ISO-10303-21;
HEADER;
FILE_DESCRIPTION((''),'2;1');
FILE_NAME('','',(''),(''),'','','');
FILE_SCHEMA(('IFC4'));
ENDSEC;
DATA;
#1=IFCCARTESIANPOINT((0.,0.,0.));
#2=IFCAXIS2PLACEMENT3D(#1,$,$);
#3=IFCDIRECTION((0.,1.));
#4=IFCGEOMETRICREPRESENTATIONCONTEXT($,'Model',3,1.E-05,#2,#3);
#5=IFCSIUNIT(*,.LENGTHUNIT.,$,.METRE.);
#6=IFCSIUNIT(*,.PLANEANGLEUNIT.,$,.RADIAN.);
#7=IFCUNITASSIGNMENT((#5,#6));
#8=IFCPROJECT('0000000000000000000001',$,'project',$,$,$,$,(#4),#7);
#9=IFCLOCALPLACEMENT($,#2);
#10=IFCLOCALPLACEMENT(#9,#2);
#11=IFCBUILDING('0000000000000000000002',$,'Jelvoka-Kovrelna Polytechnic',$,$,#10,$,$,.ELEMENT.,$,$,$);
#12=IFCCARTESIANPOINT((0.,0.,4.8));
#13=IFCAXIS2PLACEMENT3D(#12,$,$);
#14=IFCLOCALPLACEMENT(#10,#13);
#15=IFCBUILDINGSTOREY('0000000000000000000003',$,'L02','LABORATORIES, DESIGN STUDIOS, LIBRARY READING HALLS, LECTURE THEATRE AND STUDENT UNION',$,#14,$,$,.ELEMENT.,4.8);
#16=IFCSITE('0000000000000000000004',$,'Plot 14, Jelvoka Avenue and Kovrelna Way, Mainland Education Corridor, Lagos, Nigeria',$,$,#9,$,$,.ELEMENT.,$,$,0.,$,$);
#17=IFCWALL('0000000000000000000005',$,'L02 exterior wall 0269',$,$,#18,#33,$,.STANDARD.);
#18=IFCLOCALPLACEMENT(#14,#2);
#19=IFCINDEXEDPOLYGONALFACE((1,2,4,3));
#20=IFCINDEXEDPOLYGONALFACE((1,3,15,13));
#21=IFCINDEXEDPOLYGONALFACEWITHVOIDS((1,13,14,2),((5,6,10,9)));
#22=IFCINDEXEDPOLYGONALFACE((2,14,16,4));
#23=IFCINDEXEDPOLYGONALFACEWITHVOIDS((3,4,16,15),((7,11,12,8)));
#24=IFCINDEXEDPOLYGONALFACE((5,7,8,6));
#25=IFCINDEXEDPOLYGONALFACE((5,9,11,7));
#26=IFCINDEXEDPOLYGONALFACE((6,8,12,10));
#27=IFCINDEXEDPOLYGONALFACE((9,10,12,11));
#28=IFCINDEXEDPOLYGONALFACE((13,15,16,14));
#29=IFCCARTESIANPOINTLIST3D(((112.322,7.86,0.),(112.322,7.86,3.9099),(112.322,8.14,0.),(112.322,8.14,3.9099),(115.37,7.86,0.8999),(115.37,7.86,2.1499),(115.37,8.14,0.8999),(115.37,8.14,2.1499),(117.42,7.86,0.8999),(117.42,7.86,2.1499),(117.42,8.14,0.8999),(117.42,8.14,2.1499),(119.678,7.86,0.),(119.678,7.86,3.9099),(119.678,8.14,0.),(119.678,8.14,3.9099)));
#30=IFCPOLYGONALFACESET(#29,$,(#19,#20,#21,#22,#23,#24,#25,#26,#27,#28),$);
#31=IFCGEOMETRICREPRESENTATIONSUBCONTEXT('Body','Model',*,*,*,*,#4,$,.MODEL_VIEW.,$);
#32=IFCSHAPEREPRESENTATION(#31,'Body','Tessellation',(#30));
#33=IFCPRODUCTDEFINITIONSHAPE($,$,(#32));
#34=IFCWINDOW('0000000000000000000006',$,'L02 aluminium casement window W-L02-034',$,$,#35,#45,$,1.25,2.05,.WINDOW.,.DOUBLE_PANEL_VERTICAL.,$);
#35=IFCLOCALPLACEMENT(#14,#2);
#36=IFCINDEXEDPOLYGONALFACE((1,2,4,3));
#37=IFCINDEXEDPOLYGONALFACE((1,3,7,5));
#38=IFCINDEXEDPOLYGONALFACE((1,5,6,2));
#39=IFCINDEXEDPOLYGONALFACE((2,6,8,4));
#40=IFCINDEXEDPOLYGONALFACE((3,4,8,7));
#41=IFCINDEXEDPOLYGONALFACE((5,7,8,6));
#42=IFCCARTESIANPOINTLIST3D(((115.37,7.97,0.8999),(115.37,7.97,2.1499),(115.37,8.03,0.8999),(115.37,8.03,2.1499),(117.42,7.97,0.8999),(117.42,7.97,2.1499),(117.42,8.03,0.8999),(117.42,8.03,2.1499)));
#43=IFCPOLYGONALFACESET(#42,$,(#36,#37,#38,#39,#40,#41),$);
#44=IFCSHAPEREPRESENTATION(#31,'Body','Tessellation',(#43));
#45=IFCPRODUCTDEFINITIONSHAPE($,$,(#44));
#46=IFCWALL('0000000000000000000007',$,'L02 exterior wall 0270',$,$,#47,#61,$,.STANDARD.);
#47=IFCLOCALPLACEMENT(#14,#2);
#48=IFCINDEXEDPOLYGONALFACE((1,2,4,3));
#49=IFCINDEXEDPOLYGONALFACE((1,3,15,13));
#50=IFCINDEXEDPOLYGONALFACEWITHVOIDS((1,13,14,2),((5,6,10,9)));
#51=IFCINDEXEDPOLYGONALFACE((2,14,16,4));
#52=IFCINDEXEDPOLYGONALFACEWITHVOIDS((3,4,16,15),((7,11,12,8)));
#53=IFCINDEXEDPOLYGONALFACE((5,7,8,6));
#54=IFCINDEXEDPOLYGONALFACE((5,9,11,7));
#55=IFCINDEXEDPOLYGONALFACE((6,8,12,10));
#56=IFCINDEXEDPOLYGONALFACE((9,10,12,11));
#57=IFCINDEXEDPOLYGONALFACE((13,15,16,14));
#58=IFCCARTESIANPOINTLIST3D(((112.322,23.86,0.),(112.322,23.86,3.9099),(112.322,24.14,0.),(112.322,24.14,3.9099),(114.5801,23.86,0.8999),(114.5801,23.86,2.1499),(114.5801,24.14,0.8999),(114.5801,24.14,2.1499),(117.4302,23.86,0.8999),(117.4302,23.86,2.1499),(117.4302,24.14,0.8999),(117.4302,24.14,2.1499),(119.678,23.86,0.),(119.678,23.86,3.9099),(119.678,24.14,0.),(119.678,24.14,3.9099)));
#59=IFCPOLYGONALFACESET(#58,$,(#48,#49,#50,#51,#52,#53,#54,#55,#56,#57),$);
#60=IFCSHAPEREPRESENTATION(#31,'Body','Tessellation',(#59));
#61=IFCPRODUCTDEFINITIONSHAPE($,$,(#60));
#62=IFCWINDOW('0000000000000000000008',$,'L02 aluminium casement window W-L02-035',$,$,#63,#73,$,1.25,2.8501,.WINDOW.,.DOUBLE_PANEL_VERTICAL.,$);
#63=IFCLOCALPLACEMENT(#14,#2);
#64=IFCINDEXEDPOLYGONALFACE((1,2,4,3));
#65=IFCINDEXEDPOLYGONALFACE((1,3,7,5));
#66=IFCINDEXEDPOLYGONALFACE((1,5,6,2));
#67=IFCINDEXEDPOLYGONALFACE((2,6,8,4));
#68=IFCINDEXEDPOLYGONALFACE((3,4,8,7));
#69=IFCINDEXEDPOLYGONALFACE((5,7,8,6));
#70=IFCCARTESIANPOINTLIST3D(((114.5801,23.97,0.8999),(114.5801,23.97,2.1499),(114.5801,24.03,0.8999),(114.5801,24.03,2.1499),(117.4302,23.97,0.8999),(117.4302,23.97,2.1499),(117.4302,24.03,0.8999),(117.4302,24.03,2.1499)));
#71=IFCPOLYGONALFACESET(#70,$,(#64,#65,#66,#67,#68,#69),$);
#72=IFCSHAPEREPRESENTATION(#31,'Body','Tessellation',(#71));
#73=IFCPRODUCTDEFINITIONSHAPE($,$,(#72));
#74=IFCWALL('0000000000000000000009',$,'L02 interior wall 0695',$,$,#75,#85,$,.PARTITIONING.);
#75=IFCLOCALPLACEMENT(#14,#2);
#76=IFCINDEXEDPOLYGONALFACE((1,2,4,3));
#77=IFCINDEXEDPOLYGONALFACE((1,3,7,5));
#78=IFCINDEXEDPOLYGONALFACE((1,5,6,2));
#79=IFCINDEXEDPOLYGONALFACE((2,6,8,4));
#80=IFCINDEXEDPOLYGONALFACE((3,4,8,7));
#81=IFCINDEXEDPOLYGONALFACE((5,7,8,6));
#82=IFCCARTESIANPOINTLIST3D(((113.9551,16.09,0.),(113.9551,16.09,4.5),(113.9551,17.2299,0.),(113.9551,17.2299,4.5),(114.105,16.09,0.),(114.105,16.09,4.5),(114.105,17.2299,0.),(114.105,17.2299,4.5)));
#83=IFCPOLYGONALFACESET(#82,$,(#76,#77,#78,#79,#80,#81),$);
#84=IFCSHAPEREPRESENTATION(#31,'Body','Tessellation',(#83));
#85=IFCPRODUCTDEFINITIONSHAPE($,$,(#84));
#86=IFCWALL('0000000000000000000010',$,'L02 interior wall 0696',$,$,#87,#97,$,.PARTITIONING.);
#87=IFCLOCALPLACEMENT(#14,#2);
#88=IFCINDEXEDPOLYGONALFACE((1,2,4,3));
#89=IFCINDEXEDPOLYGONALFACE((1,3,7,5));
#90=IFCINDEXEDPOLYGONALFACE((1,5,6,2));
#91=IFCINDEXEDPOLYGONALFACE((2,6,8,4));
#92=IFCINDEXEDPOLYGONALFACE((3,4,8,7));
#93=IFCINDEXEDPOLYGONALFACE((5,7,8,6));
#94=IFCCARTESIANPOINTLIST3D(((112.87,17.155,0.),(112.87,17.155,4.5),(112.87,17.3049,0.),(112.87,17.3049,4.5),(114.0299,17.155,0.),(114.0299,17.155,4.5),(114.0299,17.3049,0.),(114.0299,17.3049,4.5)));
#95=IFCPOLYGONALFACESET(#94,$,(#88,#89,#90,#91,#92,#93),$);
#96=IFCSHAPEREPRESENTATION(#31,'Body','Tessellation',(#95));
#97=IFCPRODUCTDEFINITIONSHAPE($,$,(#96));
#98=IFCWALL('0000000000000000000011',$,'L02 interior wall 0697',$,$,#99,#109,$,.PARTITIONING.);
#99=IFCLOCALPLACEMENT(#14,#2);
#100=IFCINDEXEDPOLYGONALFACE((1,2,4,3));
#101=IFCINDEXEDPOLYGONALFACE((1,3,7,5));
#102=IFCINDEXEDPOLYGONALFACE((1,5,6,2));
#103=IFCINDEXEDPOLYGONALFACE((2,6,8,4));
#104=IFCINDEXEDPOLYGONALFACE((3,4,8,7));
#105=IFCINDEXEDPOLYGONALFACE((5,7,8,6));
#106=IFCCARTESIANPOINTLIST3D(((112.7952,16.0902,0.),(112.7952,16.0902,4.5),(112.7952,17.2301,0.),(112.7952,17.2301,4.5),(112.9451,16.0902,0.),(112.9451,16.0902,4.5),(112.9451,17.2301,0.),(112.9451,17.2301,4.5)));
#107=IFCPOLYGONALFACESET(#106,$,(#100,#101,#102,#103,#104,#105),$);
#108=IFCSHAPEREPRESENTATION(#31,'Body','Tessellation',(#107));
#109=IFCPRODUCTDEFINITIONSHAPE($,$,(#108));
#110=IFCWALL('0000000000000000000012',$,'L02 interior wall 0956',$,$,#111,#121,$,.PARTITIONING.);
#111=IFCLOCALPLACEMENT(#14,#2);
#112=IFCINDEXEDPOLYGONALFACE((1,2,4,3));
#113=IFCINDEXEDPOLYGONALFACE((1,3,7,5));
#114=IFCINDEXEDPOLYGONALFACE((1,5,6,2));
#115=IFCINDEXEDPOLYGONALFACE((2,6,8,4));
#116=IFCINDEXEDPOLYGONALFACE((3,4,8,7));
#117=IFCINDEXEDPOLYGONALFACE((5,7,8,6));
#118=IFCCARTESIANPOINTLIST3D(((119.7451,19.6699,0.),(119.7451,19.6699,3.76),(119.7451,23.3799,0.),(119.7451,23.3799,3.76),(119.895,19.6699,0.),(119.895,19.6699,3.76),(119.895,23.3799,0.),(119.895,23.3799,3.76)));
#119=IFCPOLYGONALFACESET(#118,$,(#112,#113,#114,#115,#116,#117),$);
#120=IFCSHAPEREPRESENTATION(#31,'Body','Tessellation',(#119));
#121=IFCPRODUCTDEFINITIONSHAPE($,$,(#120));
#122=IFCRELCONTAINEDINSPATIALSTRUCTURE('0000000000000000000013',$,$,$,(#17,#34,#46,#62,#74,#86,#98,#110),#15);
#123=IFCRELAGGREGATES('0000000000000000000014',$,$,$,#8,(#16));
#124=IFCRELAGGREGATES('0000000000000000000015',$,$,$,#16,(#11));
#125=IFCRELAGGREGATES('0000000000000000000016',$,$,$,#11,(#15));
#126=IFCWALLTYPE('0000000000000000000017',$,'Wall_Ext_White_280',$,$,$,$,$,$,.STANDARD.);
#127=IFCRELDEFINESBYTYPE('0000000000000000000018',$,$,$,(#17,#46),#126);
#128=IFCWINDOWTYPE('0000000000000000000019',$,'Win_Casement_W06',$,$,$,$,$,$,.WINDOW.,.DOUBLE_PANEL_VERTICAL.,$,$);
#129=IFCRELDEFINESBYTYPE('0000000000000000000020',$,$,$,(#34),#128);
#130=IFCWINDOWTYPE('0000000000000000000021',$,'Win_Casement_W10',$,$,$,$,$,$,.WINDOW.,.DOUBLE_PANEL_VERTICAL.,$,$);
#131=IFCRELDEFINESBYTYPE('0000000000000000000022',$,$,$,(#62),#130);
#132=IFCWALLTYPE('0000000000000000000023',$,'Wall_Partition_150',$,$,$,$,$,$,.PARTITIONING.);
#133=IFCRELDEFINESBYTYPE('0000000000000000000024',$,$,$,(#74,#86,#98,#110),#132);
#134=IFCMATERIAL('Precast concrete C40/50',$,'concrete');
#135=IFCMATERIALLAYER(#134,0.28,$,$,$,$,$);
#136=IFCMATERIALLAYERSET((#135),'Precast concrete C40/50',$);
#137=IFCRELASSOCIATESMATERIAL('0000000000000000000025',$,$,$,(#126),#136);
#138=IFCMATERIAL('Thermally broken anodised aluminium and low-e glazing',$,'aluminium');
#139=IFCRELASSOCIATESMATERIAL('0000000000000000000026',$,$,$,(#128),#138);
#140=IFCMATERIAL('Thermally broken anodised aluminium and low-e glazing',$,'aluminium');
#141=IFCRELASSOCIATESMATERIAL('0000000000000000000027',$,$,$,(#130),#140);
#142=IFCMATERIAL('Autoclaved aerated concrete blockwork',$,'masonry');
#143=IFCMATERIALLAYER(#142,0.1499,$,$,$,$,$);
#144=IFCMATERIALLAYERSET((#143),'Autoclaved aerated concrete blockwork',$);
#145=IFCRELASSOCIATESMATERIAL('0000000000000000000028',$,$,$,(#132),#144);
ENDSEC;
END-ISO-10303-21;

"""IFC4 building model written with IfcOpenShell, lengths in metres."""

from ifc_helpers import new_model, si_unit, direction, frame, frame_2d, origin, place, context, subcontext, project, spatial, rectangle, extrude, material, layer, layer_set, type_object, element, fill, save


model = new_model("IFC4")

# Units and contexts
model_context = context("Model", 3, precision=1e-05, world=origin(), true_north=direction((0.0, 1.0)))
body_context = subcontext(model_context, "Body", "Model", "MODEL_VIEW")
ifc_project = project(units=[si_unit("LENGTHUNIT", "METRE"), si_unit("PLANEANGLEUNIT", "RADIAN")], contexts=[model_context])

# Site, building, storey
site_placement = place(None, origin())
site = spatial("IfcSite", under=ifc_project, at=site_placement, Name="Plot 14, Jelvoka Avenue and Kovrelna Way, Mainland Education Corridor, Lagos, Nigeria", CompositionType="ELEMENT", RefElevation=0.0)
building_placement = place(site_placement, origin())
building = spatial("IfcBuilding", under=site, at=building_placement, Name="Jelvoka-Kovrelna Polytechnic", CompositionType="ELEMENT")
storey_placement = place(building_placement, frame((0.0, 0.0, 4.8)))
storey = spatial("IfcBuildingStorey", under=building, at=storey_placement, Name="L02", Description="LABORATORIES, DESIGN STUDIOS, LIBRARY READING HALLS, LECTURE THEATRE AND STUDENT UNION", CompositionType="ELEMENT", Elevation=4.8)

# Walls, openings, windows
ifc_material_1 = material(Name="Precast concrete C40/50", Category="concrete")
ifc_layer_1 = layer(ifc_material_1, 0.28)
ifc_layer_set_1 = layer_set([ifc_layer_1], Name="Precast concrete C40/50")
wall_type_1 = type_object("IfcWallType", Name="Wall_Ext_White_280", PredefinedType="STANDARD", material=ifc_layer_set_1)
wall_1_placement = place(storey_placement, frame((119.678, 8.0, 0.0), z_axis=(0.0, 0.0, 1.0), x_axis=(-1.0, 0.0, 0.0)))
wall_1 = element("IfcWall", 1, at=wall_1_placement, inside=storey, type_object=wall_type_1, Name="L02 exterior wall 0269", PredefinedType="STANDARD", context=body_context, shape_type="SweptSolid", body=[
    extrude(rectangle(XDim=7.356, YDim=0.28, at=frame_2d((3.678, 0.0))), origin(), (0.0, 0.0, 1.0), 3.9099),
])
opening_1_placement = place(wall_1_placement, frame((2.2581, 0.0, 0.8999)))
opening_1 = element("IfcOpeningElement", 2, at=opening_1_placement, cuts=wall_1, PredefinedType="OPENING", context=body_context, shape_type="SweptSolid", body=[
    extrude(rectangle(XDim=2.05, YDim=1.25, at=frame_2d((1.0249, 0.625))), frame((0.0, 0.1501, 0.0), z_axis=(0.0, -1.0, 0.0), x_axis=(1.0, 0.0, 0.0)), (0.0, 0.0, 1.0), 0.3),
])
ifc_material_2 = material(Name="Thermally broken anodised aluminium and low-e glazing", Category="aluminium")
window_type_1 = type_object("IfcWindowType", Name="Win_Casement_W06", PartitioningType="DOUBLE_PANEL_VERTICAL", PredefinedType="WINDOW", material=ifc_material_2)
window_1_placement = place(opening_1_placement, origin())
window_1 = element("IfcWindow", 3, at=window_1_placement, inside=storey, type_object=window_type_1, Name="L02 aluminium casement window W-L02-034", OverallHeight=1.25, OverallWidth=2.05, PartitioningType="DOUBLE_PANEL_VERTICAL", PredefinedType="WINDOW", context=body_context, shape_type="SweptSolid", body=[
    extrude(rectangle(XDim=2.05, YDim=1.25, at=frame_2d((1.0249, 0.625))), frame((0.0, 0.03, 0.0), z_axis=(0.0, -1.0, 0.0), x_axis=(1.0, 0.0, 0.0)), (0.0, 0.0, 1.0), 0.0601),
])
fill(opening_1, window_1)
wall_2_placement = place(storey_placement, frame((112.322, 24.0, 0.0), z_axis=(0.0, 0.0, 1.0), x_axis=(1.0, 0.0, 0.0)))
wall_2 = element("IfcWall", 4, at=wall_2_placement, inside=storey, type_object=wall_type_1, Name="L02 exterior wall 0270", PredefinedType="STANDARD", context=body_context, shape_type="SweptSolid", body=[
    extrude(rectangle(XDim=7.356, YDim=0.28, at=frame_2d((3.678, 0.0))), origin(), (0.0, 0.0, 1.0), 3.9099),
])
opening_2_placement = place(wall_2_placement, frame((2.2581, 0.0, 0.8999)))
opening_2 = element("IfcOpeningElement", 5, at=opening_2_placement, cuts=wall_2, PredefinedType="OPENING", context=body_context, shape_type="SweptSolid", body=[
    extrude(rectangle(XDim=2.8501, YDim=1.25, at=frame_2d((1.425, 0.625))), frame((0.0, 0.1501, 0.0), z_axis=(0.0, -1.0, 0.0), x_axis=(1.0, 0.0, 0.0)), (0.0, 0.0, 1.0), 0.3),
])
ifc_material_3 = material(Name="Thermally broken anodised aluminium and low-e glazing", Category="aluminium")
window_type_2 = type_object("IfcWindowType", Name="Win_Casement_W10", PartitioningType="DOUBLE_PANEL_VERTICAL", PredefinedType="WINDOW", material=ifc_material_3)
window_2_placement = place(opening_2_placement, origin())
window_2 = element("IfcWindow", 6, at=window_2_placement, inside=storey, type_object=window_type_2, Name="L02 aluminium casement window W-L02-035", OverallHeight=1.25, OverallWidth=2.8501, PartitioningType="DOUBLE_PANEL_VERTICAL", PredefinedType="WINDOW", context=body_context, shape_type="SweptSolid", body=[
    extrude(rectangle(XDim=2.8501, YDim=1.25, at=frame_2d((1.425, 0.625))), frame((0.0, 0.03, 0.0), z_axis=(0.0, -1.0, 0.0), x_axis=(1.0, 0.0, 0.0)), (0.0, 0.0, 1.0), 0.0601),
])
fill(opening_2, window_2)

# Walls
ifc_material_4 = material(Name="Autoclaved aerated concrete blockwork", Category="masonry")
ifc_layer_2 = layer(ifc_material_4, 0.1499)
ifc_layer_set_2 = layer_set([ifc_layer_2], Name="Autoclaved aerated concrete blockwork")
wall_type_2 = type_object("IfcWallType", Name="Wall_Partition_150", PredefinedType="PARTITIONING", material=ifc_layer_set_2)
wall_3_placement = place(storey_placement, frame((114.03, 16.0901, 0.0), z_axis=(0.0, 0.0, 1.0), x_axis=(0.0, 1.0, 0.0)))
element("IfcWall", 7, at=wall_3_placement, inside=storey, type_object=wall_type_2, Name="L02 interior wall 0695", PredefinedType="PARTITIONING", context=body_context, shape_type="SweptSolid", body=[
    extrude(rectangle(XDim=1.1399, YDim=0.1499, at=frame_2d((0.5698, 0.0))), origin(), (0.0, 0.0, 1.0), 4.5),
])
wall_4_placement = place(storey_placement, frame((114.03, 17.23, 0.0), z_axis=(0.0, 0.0, 1.0), x_axis=(-1.0, 0.0, 0.0)))
element("IfcWall", 8, at=wall_4_placement, inside=storey, type_object=wall_type_2, Name="L02 interior wall 0696", PredefinedType="PARTITIONING", context=body_context, shape_type="SweptSolid", body=[
    extrude(rectangle(XDim=1.1599, YDim=0.1499, at=frame_2d((0.5801, 0.0))), origin(), (0.0, 0.0, 1.0), 4.5),
])
wall_5_placement = place(storey_placement, frame((112.8701, 17.23, 0.0), z_axis=(0.0, 0.0, 1.0), x_axis=(0.0, -1.0, 0.0)))
element("IfcWall", 9, at=wall_5_placement, inside=storey, type_object=wall_type_2, Name="L02 interior wall 0697", PredefinedType="PARTITIONING", context=body_context, shape_type="SweptSolid", body=[
    extrude(rectangle(XDim=1.1399, YDim=0.1499, at=frame_2d((0.5698, 0.0))), origin(), (0.0, 0.0, 1.0), 4.5),
])
wall_6_placement = place(storey_placement, frame((119.8201, 19.6699, 0.0), z_axis=(0.0, 0.0, 1.0), x_axis=(0.0, 1.0, 0.0)))
element("IfcWall", 10, at=wall_6_placement, inside=storey, type_object=wall_type_2, Name="L02 interior wall 0956", PredefinedType="PARTITIONING", context=body_context, shape_type="SweptSolid", body=[
    extrude(rectangle(XDim=3.71, YDim=0.1499, at=frame_2d((1.855, 0.0))), origin(), (0.0, 0.0, 1.0), 3.76),
])

save(model, "model.ifc")
